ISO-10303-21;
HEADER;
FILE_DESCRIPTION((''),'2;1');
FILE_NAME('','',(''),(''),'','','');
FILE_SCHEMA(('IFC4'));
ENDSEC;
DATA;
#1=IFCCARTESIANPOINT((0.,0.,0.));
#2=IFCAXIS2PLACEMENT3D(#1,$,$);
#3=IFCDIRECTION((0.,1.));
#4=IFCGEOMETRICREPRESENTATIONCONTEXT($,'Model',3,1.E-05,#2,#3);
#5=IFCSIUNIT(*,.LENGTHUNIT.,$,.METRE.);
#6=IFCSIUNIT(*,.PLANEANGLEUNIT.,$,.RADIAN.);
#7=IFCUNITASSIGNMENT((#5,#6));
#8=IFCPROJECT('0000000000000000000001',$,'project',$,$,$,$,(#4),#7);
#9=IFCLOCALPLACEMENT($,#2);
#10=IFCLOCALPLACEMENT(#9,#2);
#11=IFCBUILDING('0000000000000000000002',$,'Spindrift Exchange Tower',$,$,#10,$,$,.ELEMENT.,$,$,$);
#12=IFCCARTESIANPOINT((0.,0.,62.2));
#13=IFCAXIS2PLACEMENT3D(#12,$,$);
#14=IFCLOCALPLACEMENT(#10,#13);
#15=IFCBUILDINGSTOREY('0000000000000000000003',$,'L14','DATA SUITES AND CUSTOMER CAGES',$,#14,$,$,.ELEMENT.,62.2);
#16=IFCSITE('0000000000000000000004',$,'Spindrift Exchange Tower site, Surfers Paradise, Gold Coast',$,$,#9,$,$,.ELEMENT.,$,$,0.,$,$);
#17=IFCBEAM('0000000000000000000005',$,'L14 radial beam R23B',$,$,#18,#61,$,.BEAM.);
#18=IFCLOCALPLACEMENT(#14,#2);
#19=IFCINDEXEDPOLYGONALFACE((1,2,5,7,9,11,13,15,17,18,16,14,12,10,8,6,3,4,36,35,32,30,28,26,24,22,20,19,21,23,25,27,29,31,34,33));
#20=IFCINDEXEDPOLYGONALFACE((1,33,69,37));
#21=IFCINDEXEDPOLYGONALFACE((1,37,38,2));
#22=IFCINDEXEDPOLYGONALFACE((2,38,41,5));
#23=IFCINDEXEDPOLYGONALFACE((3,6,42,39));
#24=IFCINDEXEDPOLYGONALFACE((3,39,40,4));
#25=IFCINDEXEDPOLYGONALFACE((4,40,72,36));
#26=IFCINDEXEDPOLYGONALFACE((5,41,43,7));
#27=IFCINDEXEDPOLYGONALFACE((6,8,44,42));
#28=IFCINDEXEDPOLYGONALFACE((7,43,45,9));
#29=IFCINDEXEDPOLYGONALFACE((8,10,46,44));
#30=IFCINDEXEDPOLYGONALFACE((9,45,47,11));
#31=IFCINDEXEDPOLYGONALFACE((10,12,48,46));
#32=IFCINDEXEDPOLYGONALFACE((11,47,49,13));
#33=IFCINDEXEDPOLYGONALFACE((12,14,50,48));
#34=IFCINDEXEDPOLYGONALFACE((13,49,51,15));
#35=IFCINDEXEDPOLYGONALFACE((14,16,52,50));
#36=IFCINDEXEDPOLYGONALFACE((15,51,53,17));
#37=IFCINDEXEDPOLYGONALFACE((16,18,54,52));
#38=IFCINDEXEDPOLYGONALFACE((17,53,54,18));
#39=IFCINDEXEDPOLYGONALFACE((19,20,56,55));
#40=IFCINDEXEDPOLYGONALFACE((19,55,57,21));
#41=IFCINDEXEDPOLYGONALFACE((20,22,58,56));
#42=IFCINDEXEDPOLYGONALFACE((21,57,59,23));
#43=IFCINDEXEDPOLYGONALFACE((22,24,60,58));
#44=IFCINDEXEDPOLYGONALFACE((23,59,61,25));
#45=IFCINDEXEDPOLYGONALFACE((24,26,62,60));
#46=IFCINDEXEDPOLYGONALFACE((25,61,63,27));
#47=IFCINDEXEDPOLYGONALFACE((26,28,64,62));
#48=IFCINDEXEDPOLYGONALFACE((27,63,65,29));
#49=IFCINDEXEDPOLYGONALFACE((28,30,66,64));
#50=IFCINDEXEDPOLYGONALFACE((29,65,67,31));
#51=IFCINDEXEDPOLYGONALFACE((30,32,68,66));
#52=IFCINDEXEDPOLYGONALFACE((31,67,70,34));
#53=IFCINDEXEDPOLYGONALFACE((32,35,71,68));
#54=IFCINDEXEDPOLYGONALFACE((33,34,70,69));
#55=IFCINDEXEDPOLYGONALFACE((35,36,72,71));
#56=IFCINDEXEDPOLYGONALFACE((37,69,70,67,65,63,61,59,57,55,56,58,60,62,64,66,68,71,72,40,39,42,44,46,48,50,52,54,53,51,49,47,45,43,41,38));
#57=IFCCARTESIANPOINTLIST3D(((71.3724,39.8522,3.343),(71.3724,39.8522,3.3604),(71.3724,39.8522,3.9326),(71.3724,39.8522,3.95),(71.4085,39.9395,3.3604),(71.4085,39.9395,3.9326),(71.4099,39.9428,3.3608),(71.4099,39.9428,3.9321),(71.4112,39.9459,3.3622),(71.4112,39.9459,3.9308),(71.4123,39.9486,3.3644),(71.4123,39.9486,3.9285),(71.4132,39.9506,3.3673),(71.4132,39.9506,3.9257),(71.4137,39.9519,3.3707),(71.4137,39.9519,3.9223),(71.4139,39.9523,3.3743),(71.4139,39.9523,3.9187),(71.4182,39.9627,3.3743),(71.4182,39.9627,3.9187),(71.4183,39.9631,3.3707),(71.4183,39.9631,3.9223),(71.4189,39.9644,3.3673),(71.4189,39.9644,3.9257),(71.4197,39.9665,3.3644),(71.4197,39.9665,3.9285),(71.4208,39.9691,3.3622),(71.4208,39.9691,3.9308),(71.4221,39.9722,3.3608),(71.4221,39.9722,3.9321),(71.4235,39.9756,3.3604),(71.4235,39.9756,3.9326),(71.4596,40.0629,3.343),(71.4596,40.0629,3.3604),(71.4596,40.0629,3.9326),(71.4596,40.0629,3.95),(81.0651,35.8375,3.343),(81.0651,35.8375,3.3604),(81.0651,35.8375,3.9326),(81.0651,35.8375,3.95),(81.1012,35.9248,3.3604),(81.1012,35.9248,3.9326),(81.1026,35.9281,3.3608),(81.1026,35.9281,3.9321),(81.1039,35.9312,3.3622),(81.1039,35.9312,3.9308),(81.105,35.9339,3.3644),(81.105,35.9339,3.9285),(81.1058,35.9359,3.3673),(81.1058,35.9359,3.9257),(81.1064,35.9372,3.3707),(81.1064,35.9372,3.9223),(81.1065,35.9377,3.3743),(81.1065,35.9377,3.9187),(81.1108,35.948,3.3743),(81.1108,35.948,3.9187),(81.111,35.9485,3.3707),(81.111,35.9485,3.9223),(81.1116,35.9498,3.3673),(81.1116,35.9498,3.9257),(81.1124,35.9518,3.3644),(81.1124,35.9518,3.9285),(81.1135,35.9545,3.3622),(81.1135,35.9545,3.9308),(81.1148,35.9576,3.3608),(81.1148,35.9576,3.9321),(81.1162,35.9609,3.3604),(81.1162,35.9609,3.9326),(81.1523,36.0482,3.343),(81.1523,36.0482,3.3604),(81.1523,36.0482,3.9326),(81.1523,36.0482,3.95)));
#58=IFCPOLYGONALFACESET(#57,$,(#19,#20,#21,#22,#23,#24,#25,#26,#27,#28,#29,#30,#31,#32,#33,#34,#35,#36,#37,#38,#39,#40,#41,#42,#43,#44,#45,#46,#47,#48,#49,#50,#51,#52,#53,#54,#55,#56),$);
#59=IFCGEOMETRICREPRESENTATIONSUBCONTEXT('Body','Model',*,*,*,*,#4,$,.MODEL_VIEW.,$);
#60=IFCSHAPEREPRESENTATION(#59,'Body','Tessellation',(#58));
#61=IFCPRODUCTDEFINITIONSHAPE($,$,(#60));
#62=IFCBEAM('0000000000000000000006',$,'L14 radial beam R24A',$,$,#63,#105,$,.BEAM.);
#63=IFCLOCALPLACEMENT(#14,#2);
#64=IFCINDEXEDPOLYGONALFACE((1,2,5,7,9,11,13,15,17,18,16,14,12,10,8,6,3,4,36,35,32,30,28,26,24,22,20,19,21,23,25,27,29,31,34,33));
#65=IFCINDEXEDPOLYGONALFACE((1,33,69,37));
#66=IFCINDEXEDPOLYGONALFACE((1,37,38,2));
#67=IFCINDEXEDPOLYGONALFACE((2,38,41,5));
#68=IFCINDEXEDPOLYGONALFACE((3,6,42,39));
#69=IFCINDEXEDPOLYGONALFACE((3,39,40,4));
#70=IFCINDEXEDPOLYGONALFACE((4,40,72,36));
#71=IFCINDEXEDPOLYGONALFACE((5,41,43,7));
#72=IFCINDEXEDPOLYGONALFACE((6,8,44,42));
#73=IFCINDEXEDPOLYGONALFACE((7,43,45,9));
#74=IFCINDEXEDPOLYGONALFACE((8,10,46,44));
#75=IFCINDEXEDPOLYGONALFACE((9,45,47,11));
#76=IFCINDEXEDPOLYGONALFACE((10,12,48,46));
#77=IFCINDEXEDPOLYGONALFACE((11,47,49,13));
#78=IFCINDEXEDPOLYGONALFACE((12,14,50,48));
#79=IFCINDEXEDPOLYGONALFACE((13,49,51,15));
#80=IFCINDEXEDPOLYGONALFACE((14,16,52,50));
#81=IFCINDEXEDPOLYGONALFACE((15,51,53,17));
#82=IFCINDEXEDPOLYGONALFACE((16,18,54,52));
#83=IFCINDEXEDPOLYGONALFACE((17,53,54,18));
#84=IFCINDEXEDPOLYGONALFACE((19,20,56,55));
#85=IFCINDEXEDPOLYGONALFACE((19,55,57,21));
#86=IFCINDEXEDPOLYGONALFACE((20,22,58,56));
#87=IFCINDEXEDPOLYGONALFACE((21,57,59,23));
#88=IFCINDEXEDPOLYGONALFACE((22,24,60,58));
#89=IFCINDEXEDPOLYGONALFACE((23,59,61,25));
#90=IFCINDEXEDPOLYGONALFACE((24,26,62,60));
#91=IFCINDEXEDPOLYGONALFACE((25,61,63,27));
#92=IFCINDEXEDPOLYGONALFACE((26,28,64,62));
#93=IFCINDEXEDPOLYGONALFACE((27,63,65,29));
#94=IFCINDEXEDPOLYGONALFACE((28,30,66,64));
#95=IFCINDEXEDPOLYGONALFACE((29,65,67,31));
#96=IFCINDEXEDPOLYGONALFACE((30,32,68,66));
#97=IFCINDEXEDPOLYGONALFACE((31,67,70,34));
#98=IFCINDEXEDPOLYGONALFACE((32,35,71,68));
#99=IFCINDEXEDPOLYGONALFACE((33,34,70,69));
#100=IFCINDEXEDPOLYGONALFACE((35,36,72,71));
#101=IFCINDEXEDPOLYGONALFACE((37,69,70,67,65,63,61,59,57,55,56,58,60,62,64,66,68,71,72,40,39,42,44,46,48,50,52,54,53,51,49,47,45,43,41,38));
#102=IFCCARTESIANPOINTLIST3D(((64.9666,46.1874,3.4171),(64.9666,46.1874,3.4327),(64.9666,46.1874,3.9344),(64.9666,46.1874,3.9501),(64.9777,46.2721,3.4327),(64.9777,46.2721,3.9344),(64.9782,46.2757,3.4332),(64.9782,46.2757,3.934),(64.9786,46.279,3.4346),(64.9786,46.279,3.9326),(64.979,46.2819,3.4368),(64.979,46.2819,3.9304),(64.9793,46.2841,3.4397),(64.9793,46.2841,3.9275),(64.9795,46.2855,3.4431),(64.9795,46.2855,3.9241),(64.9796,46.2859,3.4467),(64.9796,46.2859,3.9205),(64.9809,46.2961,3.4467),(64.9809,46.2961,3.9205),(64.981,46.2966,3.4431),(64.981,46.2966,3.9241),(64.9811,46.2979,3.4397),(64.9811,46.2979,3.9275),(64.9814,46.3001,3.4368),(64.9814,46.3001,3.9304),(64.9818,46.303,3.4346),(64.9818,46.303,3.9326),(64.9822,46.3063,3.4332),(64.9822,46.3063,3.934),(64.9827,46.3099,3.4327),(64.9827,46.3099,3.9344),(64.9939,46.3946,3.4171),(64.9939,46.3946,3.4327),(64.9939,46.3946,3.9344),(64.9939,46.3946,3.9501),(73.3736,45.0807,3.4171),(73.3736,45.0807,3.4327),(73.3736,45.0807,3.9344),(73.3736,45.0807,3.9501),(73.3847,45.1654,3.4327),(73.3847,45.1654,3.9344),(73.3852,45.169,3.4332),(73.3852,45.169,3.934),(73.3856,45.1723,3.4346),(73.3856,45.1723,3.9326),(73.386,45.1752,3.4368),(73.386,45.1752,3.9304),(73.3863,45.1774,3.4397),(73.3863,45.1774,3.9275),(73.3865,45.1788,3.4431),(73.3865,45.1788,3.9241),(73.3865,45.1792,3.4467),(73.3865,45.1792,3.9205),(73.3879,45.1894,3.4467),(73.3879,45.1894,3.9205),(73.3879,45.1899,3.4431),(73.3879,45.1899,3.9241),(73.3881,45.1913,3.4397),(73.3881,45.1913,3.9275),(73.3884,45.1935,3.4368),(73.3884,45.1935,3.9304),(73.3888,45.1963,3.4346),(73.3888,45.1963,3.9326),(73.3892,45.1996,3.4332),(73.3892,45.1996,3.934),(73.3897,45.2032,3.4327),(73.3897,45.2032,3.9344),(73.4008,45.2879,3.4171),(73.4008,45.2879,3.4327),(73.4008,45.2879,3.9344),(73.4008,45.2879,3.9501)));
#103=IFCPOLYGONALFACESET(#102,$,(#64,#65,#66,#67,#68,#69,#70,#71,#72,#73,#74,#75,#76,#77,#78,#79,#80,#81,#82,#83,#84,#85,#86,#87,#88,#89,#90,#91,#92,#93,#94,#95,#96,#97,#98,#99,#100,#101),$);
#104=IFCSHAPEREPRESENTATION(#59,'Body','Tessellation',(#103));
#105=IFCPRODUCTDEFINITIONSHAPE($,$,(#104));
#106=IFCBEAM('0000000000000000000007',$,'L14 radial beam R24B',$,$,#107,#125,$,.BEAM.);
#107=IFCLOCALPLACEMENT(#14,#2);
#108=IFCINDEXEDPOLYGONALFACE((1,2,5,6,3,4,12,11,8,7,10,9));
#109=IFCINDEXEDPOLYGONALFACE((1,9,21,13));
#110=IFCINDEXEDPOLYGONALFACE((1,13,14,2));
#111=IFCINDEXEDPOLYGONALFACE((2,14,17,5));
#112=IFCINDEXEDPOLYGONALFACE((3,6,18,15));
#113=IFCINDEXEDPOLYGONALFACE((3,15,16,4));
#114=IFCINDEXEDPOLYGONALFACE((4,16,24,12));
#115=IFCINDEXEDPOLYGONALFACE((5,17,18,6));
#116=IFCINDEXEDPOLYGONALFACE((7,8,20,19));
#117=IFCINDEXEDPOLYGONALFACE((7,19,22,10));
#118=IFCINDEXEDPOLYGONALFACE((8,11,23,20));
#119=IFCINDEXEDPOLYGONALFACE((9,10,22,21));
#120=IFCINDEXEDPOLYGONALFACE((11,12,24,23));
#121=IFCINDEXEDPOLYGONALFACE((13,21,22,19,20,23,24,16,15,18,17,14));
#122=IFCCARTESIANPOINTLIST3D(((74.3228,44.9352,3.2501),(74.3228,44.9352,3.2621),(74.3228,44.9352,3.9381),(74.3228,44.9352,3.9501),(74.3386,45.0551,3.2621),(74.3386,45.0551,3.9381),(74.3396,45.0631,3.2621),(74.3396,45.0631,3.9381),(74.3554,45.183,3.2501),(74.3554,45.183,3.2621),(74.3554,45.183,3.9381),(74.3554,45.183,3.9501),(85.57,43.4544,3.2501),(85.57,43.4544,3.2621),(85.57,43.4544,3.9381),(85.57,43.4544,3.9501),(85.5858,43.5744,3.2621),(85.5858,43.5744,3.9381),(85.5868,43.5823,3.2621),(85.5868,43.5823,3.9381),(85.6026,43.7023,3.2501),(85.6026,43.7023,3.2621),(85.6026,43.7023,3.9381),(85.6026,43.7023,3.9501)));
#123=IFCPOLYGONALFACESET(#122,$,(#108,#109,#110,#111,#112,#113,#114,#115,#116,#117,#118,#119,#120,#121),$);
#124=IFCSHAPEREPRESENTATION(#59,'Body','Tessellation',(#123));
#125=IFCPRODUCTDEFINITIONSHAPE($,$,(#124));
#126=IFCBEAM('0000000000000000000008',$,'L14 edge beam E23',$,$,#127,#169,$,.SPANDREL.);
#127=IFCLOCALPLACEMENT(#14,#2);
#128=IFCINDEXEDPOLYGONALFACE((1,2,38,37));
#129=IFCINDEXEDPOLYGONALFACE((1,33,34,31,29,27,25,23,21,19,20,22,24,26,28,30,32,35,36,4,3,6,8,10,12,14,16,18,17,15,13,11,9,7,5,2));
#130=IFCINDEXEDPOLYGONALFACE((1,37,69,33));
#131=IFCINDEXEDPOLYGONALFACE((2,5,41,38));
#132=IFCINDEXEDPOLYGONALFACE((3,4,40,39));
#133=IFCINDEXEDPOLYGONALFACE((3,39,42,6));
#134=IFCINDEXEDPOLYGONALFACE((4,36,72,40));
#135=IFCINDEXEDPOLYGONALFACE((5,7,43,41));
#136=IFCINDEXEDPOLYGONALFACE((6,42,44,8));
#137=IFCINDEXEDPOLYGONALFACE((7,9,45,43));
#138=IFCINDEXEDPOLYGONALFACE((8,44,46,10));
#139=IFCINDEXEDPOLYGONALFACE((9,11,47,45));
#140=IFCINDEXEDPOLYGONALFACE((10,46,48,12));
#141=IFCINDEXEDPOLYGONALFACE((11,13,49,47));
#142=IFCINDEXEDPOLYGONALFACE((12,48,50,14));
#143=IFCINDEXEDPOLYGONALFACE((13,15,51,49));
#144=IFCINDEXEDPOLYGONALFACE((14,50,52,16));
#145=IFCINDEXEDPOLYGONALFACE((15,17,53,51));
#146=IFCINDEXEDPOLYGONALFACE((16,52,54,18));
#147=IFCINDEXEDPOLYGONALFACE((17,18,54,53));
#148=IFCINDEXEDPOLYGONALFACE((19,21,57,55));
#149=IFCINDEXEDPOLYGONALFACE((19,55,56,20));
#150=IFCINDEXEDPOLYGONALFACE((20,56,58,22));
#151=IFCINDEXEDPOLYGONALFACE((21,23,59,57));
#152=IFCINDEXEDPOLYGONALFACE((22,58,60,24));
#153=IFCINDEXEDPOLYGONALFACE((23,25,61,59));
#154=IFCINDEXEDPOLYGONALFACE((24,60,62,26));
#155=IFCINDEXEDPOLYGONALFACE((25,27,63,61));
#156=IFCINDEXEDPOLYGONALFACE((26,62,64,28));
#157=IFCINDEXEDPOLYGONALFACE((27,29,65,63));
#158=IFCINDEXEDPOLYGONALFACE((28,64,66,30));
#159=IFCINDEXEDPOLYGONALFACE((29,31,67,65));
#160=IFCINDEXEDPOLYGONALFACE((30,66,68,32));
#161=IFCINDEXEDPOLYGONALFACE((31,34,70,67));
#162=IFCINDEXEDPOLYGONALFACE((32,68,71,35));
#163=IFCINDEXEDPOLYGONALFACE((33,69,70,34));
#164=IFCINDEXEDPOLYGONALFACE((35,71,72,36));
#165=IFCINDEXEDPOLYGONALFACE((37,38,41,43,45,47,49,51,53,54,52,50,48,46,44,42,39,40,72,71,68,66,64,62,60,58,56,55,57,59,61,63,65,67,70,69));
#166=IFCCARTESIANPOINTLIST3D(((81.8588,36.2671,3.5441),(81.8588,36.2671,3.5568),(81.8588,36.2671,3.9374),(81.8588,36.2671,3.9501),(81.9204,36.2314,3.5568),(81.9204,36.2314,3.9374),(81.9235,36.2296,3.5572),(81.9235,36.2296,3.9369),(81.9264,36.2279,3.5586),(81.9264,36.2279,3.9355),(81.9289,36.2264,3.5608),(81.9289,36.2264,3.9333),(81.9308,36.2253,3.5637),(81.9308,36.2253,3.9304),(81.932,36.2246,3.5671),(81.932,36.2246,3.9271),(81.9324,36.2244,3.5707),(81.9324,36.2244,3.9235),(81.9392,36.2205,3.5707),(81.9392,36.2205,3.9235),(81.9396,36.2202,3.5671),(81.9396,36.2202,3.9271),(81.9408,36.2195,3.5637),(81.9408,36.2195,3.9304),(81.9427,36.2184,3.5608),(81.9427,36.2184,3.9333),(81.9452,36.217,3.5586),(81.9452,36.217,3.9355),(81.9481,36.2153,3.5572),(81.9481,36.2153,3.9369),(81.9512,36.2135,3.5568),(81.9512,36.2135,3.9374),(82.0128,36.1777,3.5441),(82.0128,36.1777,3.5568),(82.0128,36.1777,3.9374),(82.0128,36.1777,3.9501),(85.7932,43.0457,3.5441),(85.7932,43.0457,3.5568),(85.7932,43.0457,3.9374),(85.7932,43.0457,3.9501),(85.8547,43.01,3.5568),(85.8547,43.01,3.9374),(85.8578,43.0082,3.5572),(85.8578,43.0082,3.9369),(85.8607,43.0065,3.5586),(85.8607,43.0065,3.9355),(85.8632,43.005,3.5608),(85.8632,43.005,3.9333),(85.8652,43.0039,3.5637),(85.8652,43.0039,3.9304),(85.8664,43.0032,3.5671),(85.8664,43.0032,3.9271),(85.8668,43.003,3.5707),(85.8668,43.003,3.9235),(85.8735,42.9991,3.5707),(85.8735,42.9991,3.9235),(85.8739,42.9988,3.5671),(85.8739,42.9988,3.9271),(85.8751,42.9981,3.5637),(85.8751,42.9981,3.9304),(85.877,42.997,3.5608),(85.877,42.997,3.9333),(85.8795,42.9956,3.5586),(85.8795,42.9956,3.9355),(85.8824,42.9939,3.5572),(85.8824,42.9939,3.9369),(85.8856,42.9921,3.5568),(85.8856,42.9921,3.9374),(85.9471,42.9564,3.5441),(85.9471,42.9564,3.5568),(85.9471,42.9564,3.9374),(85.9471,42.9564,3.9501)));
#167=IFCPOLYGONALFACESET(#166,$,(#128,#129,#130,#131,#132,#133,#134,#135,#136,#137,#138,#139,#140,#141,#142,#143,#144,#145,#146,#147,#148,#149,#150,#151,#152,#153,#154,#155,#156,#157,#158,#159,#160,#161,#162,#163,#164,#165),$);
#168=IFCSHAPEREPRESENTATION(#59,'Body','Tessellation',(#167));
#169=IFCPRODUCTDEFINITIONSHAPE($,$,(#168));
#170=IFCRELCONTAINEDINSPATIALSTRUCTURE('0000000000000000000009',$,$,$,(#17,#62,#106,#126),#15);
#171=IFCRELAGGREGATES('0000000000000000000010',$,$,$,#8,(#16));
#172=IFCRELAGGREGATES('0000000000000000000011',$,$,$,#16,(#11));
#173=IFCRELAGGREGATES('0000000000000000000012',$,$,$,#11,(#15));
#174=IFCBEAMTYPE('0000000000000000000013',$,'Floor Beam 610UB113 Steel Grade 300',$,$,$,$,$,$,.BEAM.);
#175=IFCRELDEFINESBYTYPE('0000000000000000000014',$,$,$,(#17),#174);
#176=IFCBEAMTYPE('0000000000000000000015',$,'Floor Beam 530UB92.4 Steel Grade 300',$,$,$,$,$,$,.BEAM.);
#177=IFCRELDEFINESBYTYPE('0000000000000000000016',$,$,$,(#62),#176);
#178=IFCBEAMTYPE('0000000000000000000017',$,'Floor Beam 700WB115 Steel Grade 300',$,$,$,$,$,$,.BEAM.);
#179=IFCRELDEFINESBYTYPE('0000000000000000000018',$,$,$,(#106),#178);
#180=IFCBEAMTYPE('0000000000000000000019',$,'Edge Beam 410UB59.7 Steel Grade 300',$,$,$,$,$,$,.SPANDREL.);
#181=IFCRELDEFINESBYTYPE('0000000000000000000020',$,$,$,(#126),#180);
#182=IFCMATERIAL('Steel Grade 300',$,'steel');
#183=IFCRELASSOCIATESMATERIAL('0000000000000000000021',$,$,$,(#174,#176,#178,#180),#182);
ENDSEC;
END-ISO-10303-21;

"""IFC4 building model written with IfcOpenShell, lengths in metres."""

from ifc_helpers import new_model, si_unit, direction, frame, origin, origin_2d, place, context, subcontext, project, spatial, i_section, extrude, source, transform, mapped, material, material_profile, profile_set, type_object, element, save


model = new_model("IFC4")

# Units and contexts
model_context = context("Model", 3, precision=1e-05, world=origin(), true_north=direction((0.0, 1.0)))
body_context = subcontext(model_context, "Body", "Model", "MODEL_VIEW")
ifc_project = project(units=[si_unit("LENGTHUNIT", "METRE"), si_unit("PLANEANGLEUNIT", "RADIAN")], contexts=[model_context])

# Site, building, storey
site_placement = place(None, origin())
site = spatial("IfcSite", under=ifc_project, at=site_placement, Name="Spindrift Exchange Tower site, Surfers Paradise, Gold Coast", CompositionType="ELEMENT", RefElevation=0.0)
building_placement = place(site_placement, origin())
building = spatial("IfcBuilding", under=site, at=building_placement, Name="Spindrift Exchange Tower", CompositionType="ELEMENT")
storey_placement = place(building_placement, frame((0.0, 0.0, 62.2)))
storey = spatial("IfcBuildingStorey", under=building, at=storey_placement, Name="L14", Description="DATA SUITES AND CUSTOMER CAGES", CompositionType="ELEMENT", Elevation=62.2)

# Beams
ifc_material_1 = material(Name="Steel Grade 300", Category="steel")
ifc_material_profile_1 = material_profile(ifc_material_1, i_section(OverallWidth=0.228, OverallDepth=0.6069, WebThickness=0.0112, FlangeThickness=0.0173, FilletRadius=0.0139, at=origin_2d()), Name="610UB113")
ifc_profile_set_1 = profile_set([ifc_material_profile_1], Name="Steel Grade 300")
beam_type_1 = type_object("IfcBeamType", Name="Floor Beam 610UB113 Steel Grade 300", PredefinedType="BEAM", material=ifc_profile_set_1)
shared_shape_1 = source(origin(), body_context, "Body", "SweptSolid", [
    extrude(i_section(OverallWidth=0.228, OverallDepth=0.6069, WebThickness=0.0112, FlangeThickness=0.0173, FilletRadius=0.0139, at=origin_2d()), origin(), (0.0, 0.0, 1.0), 10.4912),
])
beam_1_placement = place(storey_placement, frame((71.416, 39.9575, 3.6465), z_axis=(0.923885, -0.38267, 0.0), x_axis=(0.38267, 0.923885, 0.0)))
element("IfcBeam", 1, at=beam_1_placement, inside=storey, type_object=beam_type_1, Name="L14 radial beam R23B", PredefinedType="BEAM", context=body_context, shape_type="MappedRepresentation", body=[
    mapped(shared_shape_1, transform((0.0, 0.0, 0.0), scale=1.0)),
])
ifc_material_profile_2 = material_profile(ifc_material_1, i_section(OverallWidth=0.209, OverallDepth=0.533, WebThickness=0.0103, FlangeThickness=0.0156, FilletRadius=0.0139, at=origin_2d()), Name="530UB92.4")
ifc_profile_set_2 = profile_set([ifc_material_profile_2], Name="Steel Grade 300")
beam_type_2 = type_object("IfcBeamType", Name="Floor Beam 530UB92.4 Steel Grade 300", PredefinedType="BEAM", material=ifc_profile_set_2)
shared_shape_2 = source(origin(), body_context, "Body", "SweptSolid", [
    extrude(i_section(OverallWidth=0.209, OverallDepth=0.533, WebThickness=0.0103, FlangeThickness=0.0156, FilletRadius=0.0139, at=origin_2d()), origin(), (0.0, 0.0, 1.0), 8.4795),
])
beam_2_placement = place(storey_placement, frame((64.9802, 46.291, 3.6836), z_axis=(0.991447, -0.130513, 0.0), x_axis=(0.130513, 0.991447, 0.0)))
element("IfcBeam", 2, at=beam_2_placement, inside=storey, type_object=beam_type_2, Name="L14 radial beam R24A", PredefinedType="BEAM", context=body_context, shape_type="MappedRepresentation", body=[
    mapped(shared_shape_2, transform((0.0, 0.0, 0.0), scale=1.0)),
])
ifc_material_profile_3 = material_profile(ifc_material_1, i_section(OverallWidth=0.25, OverallDepth=0.7, WebThickness=0.0081, FlangeThickness=0.012, at=origin_2d()), Name="700WB115")
ifc_profile_set_3 = profile_set([ifc_material_profile_3], Name="Steel Grade 300")
beam_type_3 = type_object("IfcBeamType", Name="Floor Beam 700WB115 Steel Grade 300", PredefinedType="BEAM", material=ifc_profile_set_3)
shared_shape_3 = source(origin(), body_context, "Body", "SweptSolid", [
    extrude(i_section(OverallWidth=0.25, OverallDepth=0.7, WebThickness=0.0081, FlangeThickness=0.012, at=origin_2d()), origin(), (0.0, 0.0, 1.0), 11.3442),
])
beam_3_placement = place(storey_placement, frame((74.3391, 45.0591, 3.6001), z_axis=(0.991445, -0.130527, 0.0), x_axis=(0.130527, 0.991445, 0.0)))
element("IfcBeam", 3, at=beam_3_placement, inside=storey, type_object=beam_type_3, Name="L14 radial beam R24B", PredefinedType="BEAM", context=body_context, shape_type="MappedRepresentation", body=[
    mapped(shared_shape_3, transform((0.0, 0.0, 0.0), scale=1.0)),
])
ifc_material_profile_4 = material_profile(ifc_material_1, i_section(OverallWidth=0.178, OverallDepth=0.406, WebThickness=0.0078, FlangeThickness=0.0127, FilletRadius=0.0139, at=origin_2d()), Name="410UB59.7")
ifc_profile_set_4 = profile_set([ifc_material_profile_4], Name="Steel Grade 300")
beam_type_4 = type_object("IfcBeamType", Name="Edge Beam 410UB59.7 Steel Grade 300", PredefinedType="SPANDREL", material=ifc_profile_set_4)
shared_shape_4 = source(origin(), body_context, "Body", "SweptSolid", [
    extrude(i_section(OverallWidth=0.178, OverallDepth=0.406, WebThickness=0.0078, FlangeThickness=0.0127, FilletRadius=0.0139, at=origin_2d()), origin(), (0.0, 0.0, 1.0), 7.8376),
])
beam_4_placement = place(storey_placement, frame((81.9358, 36.2224, 3.7471), z_axis=(0.501981, 0.864878, 0.0), x_axis=(-0.864878, 0.501981, 0.0)))
element("IfcBeam", 4, at=beam_4_placement, inside=storey, type_object=beam_type_4, Name="L14 edge beam E23", PredefinedType="SPANDREL", context=body_context, shape_type="MappedRepresentation", body=[
    mapped(shared_shape_4, transform((0.0, 0.0, 0.0), scale=1.0)),
])

save(model, "model.ifc")
